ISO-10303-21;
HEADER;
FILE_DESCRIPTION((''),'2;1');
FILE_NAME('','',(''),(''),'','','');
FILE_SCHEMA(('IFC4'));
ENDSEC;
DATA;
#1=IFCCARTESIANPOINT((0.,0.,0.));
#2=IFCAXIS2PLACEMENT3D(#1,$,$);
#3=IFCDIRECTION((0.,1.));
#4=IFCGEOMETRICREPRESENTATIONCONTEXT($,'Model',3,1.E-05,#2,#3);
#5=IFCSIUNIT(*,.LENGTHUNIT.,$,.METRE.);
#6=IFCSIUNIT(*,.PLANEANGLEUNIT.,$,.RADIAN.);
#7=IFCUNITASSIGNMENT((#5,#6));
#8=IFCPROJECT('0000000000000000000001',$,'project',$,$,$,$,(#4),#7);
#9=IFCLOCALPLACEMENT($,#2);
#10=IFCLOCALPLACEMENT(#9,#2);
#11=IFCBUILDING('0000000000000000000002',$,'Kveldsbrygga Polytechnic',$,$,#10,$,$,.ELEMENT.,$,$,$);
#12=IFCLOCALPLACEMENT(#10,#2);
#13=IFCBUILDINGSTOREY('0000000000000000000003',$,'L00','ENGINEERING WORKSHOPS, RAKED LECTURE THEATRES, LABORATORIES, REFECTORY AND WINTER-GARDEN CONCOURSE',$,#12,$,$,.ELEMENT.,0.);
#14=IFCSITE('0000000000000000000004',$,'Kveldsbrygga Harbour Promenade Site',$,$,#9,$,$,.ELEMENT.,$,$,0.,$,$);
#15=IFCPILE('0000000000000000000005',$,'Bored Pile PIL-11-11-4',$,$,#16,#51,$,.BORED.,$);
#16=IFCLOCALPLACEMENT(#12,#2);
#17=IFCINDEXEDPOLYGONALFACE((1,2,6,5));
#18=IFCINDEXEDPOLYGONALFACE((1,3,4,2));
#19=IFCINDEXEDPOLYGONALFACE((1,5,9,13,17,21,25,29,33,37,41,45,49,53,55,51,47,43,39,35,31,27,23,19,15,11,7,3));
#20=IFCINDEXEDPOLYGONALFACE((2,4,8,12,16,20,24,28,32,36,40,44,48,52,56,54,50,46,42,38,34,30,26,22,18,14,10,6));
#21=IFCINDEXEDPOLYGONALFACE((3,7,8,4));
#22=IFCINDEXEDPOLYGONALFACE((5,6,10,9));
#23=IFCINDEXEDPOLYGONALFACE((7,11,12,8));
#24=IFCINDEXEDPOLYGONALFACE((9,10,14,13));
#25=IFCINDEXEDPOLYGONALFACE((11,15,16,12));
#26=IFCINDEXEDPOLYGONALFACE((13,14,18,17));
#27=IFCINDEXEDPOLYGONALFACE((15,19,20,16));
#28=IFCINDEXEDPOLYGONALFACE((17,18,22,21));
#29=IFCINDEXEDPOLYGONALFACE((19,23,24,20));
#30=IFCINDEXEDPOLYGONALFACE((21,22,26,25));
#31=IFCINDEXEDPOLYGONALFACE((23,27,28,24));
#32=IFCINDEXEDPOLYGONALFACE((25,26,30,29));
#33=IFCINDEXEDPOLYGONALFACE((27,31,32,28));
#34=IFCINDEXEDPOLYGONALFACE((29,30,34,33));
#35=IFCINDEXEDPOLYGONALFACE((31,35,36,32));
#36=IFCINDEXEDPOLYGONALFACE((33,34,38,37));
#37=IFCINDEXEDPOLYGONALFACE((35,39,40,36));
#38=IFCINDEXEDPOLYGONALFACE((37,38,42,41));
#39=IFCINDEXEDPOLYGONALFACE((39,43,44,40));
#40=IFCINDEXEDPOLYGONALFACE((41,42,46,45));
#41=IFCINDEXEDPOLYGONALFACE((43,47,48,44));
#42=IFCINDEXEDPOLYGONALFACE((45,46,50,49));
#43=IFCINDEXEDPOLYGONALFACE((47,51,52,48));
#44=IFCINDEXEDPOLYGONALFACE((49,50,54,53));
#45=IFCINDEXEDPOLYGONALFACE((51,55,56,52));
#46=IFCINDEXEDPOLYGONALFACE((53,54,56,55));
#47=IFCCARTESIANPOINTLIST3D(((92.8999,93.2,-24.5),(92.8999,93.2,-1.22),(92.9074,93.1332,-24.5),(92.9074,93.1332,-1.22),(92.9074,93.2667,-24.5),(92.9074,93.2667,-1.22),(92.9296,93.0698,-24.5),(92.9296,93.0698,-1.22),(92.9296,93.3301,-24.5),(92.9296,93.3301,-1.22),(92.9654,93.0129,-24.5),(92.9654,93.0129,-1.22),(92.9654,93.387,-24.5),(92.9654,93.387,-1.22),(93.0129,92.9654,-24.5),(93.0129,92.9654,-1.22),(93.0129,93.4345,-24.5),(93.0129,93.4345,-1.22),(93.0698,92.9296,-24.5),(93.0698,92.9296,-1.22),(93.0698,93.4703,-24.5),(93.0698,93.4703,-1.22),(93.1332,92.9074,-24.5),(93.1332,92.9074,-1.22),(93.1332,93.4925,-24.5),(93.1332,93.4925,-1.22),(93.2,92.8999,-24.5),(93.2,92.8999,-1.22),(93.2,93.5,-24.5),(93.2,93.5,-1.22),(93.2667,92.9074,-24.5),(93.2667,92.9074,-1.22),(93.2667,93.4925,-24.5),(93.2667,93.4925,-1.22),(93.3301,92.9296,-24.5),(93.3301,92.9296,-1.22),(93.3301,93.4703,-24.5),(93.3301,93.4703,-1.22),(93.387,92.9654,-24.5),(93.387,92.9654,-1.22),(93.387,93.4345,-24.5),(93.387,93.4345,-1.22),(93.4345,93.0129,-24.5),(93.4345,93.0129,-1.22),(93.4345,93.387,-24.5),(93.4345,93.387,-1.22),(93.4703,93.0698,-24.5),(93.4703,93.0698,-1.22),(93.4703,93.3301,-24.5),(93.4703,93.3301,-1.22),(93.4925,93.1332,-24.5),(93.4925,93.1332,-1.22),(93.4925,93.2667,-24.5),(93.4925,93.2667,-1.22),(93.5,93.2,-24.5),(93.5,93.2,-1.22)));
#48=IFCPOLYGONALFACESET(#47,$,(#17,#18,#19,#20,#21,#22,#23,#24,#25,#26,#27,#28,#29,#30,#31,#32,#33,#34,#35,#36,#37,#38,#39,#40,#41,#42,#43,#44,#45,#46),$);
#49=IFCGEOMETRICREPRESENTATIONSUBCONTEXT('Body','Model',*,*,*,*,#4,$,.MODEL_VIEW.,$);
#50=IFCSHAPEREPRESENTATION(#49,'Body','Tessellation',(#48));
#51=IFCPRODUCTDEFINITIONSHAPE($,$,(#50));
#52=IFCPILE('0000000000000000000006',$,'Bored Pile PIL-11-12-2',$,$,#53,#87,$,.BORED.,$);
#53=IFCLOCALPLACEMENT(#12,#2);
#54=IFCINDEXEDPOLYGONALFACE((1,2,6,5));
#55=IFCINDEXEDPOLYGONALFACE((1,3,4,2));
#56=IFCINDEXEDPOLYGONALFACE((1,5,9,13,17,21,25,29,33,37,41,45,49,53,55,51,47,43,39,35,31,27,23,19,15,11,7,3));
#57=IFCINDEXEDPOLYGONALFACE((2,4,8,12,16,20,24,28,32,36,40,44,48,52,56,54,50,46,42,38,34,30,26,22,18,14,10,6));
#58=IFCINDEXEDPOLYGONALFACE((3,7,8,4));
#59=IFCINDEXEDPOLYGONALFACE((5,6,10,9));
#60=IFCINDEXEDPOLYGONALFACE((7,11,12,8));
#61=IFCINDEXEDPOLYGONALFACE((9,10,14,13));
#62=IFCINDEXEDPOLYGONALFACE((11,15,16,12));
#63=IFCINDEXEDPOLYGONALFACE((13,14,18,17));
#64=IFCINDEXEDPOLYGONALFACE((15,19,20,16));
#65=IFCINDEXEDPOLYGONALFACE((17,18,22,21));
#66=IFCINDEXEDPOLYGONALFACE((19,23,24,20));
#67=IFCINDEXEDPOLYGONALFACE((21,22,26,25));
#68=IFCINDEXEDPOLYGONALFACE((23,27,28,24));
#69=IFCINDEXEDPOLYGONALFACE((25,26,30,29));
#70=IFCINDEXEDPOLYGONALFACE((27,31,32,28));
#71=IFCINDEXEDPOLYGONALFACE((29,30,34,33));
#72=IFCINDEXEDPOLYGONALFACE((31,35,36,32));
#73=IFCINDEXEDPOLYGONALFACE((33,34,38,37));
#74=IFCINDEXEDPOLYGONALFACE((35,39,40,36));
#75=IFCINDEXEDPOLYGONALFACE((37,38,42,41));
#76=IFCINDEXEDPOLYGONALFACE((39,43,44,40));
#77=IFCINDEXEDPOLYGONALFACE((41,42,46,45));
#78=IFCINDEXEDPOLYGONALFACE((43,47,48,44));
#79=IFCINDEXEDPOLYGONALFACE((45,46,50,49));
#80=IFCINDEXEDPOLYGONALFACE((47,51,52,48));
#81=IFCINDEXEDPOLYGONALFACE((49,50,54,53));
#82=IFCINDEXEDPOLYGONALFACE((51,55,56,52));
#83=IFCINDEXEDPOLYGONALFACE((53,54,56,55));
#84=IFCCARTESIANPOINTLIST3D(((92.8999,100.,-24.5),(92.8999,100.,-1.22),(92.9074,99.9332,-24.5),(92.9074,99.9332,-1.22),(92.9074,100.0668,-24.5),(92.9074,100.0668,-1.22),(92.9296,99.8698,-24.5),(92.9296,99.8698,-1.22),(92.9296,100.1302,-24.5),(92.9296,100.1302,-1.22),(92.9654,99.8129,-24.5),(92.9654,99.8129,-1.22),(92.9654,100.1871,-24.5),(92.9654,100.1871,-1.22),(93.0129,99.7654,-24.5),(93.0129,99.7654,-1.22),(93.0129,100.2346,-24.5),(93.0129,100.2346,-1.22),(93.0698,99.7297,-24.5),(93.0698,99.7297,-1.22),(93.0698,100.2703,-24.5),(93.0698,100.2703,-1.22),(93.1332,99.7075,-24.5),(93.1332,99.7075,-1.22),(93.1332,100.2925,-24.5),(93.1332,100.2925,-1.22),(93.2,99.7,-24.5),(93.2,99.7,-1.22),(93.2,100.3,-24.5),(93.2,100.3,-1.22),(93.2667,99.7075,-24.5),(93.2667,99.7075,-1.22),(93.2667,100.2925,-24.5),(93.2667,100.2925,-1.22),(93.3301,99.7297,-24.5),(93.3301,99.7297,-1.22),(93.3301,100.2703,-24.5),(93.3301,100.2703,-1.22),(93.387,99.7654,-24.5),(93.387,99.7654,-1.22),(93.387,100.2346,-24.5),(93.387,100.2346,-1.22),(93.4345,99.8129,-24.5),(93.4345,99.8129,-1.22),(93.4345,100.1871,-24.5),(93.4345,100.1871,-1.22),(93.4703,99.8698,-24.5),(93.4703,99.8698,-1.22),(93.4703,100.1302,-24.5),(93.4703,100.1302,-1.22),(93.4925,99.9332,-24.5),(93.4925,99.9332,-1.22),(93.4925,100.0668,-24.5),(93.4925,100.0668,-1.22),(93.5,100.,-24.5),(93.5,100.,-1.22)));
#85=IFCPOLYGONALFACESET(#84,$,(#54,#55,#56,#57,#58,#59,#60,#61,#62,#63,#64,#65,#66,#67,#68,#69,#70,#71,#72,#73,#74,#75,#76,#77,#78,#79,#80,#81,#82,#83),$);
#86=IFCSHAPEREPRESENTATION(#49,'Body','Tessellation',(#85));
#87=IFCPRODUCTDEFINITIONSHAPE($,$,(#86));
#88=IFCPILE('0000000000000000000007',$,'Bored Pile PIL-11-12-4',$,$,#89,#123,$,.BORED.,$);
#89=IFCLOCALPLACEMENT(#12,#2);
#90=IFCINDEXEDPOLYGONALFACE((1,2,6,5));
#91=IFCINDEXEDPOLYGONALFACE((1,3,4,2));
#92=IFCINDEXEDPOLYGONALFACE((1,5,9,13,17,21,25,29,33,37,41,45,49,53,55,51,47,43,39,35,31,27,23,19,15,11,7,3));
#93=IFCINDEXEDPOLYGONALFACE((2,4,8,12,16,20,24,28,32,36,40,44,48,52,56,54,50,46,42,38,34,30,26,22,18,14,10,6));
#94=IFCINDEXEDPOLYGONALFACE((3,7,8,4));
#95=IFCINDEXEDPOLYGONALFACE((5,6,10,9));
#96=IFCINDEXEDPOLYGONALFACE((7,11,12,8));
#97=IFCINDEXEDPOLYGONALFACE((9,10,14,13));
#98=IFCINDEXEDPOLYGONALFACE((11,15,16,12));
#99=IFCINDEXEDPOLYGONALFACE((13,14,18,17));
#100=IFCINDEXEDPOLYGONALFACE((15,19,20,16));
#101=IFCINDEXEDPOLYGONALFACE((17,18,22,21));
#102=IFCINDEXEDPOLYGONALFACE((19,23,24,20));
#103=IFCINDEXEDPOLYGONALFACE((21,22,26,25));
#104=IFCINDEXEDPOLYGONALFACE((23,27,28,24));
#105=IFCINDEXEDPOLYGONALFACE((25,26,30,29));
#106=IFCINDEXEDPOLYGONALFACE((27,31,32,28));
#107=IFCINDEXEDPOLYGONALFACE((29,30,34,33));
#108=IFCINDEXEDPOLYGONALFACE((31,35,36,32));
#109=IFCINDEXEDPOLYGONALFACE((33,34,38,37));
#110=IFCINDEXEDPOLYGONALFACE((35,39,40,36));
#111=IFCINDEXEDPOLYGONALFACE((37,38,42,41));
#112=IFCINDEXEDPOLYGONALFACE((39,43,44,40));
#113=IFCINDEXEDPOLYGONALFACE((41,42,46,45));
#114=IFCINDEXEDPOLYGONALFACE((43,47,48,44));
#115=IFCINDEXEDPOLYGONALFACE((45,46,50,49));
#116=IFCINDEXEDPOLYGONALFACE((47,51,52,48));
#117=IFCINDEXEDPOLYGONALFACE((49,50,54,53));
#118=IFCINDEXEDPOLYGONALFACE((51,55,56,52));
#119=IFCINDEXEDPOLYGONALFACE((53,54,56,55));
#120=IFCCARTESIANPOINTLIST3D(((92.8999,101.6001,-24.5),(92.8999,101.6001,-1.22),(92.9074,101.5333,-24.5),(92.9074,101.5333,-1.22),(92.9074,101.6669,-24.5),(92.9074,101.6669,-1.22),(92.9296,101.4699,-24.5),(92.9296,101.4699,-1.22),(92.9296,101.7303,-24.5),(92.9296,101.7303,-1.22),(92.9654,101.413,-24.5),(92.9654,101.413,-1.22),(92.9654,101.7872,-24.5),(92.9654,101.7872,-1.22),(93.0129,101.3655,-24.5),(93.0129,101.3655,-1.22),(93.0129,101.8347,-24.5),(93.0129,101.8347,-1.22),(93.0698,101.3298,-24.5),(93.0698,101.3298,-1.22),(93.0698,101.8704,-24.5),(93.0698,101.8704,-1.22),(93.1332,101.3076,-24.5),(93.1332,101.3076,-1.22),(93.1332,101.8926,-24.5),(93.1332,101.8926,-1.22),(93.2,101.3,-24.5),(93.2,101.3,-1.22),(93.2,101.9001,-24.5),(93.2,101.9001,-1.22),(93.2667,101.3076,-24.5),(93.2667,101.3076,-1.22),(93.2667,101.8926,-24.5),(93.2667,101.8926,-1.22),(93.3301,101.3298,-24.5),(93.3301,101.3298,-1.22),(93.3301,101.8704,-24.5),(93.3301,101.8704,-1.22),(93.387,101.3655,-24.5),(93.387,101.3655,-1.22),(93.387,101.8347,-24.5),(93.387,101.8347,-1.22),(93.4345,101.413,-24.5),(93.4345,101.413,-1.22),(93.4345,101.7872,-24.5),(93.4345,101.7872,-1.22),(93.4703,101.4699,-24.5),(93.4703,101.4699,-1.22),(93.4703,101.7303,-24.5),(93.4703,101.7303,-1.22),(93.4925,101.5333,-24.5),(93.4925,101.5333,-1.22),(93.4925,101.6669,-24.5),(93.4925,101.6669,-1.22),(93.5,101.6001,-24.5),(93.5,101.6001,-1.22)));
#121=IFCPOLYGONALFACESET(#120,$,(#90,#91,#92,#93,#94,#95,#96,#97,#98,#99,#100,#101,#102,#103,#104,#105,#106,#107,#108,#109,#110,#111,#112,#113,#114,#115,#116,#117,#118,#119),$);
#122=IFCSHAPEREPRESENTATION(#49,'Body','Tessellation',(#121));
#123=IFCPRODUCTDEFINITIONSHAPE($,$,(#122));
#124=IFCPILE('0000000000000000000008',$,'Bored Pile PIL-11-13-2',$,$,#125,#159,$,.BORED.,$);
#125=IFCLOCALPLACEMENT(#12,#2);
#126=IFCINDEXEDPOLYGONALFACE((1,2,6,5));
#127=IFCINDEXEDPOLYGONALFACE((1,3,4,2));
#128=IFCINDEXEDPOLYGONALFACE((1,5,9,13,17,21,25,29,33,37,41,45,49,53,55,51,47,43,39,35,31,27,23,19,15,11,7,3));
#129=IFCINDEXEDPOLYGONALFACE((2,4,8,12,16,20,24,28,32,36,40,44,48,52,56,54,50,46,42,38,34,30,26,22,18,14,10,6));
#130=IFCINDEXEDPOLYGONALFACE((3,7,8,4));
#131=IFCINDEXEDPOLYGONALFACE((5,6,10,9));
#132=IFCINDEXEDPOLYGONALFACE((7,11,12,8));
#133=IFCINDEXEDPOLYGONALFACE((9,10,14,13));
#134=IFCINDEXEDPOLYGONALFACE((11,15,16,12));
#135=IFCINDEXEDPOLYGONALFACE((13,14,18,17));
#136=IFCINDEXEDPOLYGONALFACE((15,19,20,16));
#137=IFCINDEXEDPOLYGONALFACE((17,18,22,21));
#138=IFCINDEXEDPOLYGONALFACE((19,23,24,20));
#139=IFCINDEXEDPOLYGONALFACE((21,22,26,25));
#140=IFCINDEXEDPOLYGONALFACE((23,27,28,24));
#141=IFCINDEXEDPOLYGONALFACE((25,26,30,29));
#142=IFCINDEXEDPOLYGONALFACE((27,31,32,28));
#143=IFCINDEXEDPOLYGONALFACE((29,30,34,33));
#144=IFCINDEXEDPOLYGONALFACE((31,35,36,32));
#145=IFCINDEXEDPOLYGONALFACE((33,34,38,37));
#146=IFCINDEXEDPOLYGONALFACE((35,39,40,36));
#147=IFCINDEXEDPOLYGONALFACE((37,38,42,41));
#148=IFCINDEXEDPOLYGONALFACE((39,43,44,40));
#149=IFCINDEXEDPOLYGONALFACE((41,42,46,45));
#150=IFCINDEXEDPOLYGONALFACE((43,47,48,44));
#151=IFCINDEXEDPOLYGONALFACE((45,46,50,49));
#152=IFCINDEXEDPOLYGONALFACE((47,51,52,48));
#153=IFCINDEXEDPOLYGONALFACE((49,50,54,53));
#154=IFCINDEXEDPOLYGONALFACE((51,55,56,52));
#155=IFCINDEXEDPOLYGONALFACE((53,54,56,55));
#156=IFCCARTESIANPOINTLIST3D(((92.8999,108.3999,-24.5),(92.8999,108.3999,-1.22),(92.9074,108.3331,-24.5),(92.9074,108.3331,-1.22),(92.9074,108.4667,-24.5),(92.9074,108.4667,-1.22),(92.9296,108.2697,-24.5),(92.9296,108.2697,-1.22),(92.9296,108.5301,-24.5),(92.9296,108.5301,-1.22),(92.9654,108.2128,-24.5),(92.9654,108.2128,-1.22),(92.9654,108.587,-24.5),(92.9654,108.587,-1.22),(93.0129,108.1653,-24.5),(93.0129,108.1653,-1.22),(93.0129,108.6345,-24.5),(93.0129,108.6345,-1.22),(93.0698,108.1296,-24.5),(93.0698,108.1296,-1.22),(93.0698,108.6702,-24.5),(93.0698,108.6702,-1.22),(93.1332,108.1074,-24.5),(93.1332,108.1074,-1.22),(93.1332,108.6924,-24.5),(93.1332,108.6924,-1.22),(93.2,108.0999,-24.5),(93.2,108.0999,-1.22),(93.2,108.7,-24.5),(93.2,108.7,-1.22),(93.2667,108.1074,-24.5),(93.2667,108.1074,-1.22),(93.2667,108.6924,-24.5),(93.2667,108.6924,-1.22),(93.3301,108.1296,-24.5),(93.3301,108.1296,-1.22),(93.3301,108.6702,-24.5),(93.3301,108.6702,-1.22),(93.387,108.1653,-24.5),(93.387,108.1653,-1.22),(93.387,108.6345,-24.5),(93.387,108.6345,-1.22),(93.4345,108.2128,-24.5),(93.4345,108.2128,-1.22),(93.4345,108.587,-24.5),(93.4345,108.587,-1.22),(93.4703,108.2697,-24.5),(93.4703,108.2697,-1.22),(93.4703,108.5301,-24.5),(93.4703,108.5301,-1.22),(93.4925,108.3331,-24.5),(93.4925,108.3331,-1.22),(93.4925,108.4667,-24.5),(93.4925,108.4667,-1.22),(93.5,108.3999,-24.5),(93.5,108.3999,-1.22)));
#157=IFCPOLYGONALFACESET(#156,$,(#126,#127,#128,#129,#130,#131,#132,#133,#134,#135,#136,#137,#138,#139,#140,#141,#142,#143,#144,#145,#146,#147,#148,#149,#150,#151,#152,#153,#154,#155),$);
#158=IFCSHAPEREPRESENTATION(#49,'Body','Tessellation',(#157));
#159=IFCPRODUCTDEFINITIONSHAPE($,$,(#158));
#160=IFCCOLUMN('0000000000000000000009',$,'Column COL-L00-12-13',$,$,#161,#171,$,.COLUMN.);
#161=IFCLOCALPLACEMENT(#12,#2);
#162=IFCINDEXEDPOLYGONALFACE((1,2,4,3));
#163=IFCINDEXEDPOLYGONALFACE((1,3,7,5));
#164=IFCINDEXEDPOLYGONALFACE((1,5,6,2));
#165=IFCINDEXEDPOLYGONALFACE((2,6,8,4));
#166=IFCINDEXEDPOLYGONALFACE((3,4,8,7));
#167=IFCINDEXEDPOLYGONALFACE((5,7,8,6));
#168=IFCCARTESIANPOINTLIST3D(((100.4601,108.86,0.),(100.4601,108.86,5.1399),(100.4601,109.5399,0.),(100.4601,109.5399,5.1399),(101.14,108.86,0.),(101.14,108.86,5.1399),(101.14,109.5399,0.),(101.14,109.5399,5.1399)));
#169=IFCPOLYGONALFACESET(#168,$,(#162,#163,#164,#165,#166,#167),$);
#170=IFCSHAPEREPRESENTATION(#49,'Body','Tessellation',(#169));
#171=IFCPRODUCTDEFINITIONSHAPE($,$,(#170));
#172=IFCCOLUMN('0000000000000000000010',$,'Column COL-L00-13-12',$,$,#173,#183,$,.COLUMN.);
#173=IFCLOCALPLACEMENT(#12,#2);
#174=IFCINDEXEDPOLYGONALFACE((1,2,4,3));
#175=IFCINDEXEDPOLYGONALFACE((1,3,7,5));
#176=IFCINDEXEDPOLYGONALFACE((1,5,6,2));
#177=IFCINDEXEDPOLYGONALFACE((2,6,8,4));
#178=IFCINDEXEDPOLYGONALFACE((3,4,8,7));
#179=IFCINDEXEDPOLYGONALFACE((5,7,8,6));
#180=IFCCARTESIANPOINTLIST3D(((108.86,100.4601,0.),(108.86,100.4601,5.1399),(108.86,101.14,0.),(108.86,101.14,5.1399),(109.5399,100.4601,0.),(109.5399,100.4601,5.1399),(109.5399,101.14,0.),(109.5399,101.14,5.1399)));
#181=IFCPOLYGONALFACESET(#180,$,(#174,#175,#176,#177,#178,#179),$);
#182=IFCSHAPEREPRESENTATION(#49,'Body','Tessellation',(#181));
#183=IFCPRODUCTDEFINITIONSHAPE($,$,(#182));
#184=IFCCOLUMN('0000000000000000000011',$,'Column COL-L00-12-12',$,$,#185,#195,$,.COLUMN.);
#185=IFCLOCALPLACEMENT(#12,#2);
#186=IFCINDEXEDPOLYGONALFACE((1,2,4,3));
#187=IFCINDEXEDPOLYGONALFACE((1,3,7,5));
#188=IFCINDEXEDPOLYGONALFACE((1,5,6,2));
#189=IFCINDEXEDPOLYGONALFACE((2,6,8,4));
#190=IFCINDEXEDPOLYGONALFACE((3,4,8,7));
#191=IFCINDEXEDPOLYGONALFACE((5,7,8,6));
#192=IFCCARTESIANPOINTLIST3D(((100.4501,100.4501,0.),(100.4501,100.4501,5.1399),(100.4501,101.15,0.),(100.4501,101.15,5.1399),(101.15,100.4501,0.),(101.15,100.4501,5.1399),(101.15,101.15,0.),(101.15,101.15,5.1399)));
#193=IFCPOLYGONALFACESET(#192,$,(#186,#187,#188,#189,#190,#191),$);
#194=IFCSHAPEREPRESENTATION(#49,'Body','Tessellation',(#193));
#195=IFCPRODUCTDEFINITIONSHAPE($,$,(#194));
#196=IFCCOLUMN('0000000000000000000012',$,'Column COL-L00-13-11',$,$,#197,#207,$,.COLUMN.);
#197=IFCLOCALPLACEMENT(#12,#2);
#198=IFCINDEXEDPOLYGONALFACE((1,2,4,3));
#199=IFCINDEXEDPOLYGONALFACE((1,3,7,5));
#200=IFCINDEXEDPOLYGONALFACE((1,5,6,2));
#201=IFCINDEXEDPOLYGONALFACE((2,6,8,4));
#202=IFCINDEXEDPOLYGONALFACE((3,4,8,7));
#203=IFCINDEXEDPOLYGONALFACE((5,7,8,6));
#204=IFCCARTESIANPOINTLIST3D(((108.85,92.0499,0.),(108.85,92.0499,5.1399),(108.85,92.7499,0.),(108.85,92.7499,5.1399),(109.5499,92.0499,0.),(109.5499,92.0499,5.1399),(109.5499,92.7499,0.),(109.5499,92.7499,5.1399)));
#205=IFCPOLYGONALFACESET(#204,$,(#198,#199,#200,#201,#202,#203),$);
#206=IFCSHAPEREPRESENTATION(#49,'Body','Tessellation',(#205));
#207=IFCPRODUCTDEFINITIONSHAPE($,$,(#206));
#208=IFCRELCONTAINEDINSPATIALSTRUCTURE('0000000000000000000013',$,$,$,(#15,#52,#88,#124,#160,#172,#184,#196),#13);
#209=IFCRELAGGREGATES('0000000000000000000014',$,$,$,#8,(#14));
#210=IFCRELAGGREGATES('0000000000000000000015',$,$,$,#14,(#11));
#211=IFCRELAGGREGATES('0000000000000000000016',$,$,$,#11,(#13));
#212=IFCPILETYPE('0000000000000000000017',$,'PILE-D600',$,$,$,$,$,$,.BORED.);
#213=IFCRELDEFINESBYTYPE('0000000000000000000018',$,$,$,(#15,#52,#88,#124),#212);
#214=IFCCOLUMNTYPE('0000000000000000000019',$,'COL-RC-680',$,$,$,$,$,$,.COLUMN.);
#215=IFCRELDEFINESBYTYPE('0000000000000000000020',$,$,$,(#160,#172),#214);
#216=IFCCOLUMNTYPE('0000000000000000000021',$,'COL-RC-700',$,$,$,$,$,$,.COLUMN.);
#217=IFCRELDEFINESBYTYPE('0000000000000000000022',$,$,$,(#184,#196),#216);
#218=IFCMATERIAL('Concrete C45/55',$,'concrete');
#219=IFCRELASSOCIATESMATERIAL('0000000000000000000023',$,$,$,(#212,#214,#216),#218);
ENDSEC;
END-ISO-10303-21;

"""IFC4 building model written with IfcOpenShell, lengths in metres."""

from ifc_helpers import new_model, si_unit, direction, frame, origin, origin_2d, place, context, subcontext, project, spatial, rectangle, circle, extrude, material, material_profile, profile_set, type_object, element, save


model = new_model("IFC4")

# Units and contexts
model_context = context("Model", 3, precision=1e-05, world=origin(), true_north=direction((0.0, 1.0)))
body_context = subcontext(model_context, "Body", "Model", "MODEL_VIEW")
ifc_project = project(units=[si_unit("LENGTHUNIT", "METRE"), si_unit("PLANEANGLEUNIT", "RADIAN")], contexts=[model_context])

# Site, building, storey
site_placement = place(None, origin())
site = spatial("IfcSite", under=ifc_project, at=site_placement, Name="Kveldsbrygga Harbour Promenade Site", CompositionType="ELEMENT", RefElevation=0.0)
building_placement = place(site_placement, origin())
building = spatial("IfcBuilding", under=site, at=building_placement, Name="Kveldsbrygga Polytechnic", CompositionType="ELEMENT")
storey_placement = place(building_placement, origin())
storey = spatial("IfcBuildingStorey", under=building, at=storey_placement, Name="L00", Description="ENGINEERING WORKSHOPS, RAKED LECTURE THEATRES, LABORATORIES, REFECTORY AND WINTER-GARDEN CONCOURSE", CompositionType="ELEMENT", Elevation=0.0)

# Piles
ifc_material_1 = material(Name="Concrete C45/55", Category="concrete")
ifc_material_profile_1 = material_profile(ifc_material_1, circle(Radius=0.3, at=origin_2d()), Name="PILE D600")
ifc_profile_set_1 = profile_set([ifc_material_profile_1], Name="Concrete C45/55")
pile_type = type_object("IfcPileType", Name="PILE-D600", PredefinedType="BORED", material=ifc_profile_set_1)
for number, where, z_axis, x_axis, name in (
    (1, (93.2, 93.2, -1.22), (0.0, 0.0, -1.0), (1.0, 0.0, 0.0), "Bored Pile PIL-11-11-4"),
    (2, (93.2, 100.0, -1.22), (0.0, 0.0, -1.0), (1.0, 0.0, 0.0), "Bored Pile PIL-11-12-2"),
    (3, (93.2, 101.6001, -1.22), (0.0, 0.0, -1.0), (1.0, 0.0, 0.0), "Bored Pile PIL-11-12-4"),
    (4, (93.2, 108.3999, -1.22), (0.0, 0.0, -1.0), (1.0, 0.0, 0.0), "Bored Pile PIL-11-13-2"),
):
    element("IfcPile", number, at=place(storey_placement, frame(where, z_axis=z_axis, x_axis=x_axis)), inside=storey, type_object=pile_type, Name=name, PredefinedType="BORED", context=body_context, shape_type="SweptSolid", body=[
        extrude(circle(Radius=0.3, at=origin_2d()), origin(), (0.0, 0.0, 1.0), 23.28),
    ])

# Columns
ifc_material_profile_2 = material_profile(ifc_material_1, rectangle(XDim=0.6799, YDim=0.6799, at=origin_2d()), Name="RC 680x680")
ifc_profile_set_2 = profile_set([ifc_material_profile_2], Name="Concrete C45/55")
column_type_1 = type_object("IfcColumnType", Name="COL-RC-680", PredefinedType="COLUMN", material=ifc_profile_set_2)
for number, where, z_axis, x_axis, name in (
    (5, (100.8, 109.2, 0.0), (0.0, 0.0, 1.0), (1.0, 0.0, 0.0), "Column COL-L00-12-13"),
    (6, (109.2, 100.8, 0.0), (0.0, 0.0, 1.0), (1.0, 0.0, 0.0), "Column COL-L00-13-12"),
):
    element("IfcColumn", number, at=place(storey_placement, frame(where, z_axis=z_axis, x_axis=x_axis)), inside=storey, type_object=column_type_1, Name=name, PredefinedType="COLUMN", context=body_context, shape_type="SweptSolid", body=[
        extrude(rectangle(XDim=0.6799, YDim=0.6799, at=origin_2d()), origin(), (0.0, 0.0, 1.0), 5.1399),
    ])
ifc_material_profile_3 = material_profile(ifc_material_1, rectangle(XDim=0.7, YDim=0.7, at=origin_2d()), Name="RC 700x700")
ifc_profile_set_3 = profile_set([ifc_material_profile_3], Name="Concrete C45/55")
column_type_2 = type_object("IfcColumnType", Name="COL-RC-700", PredefinedType="COLUMN", material=ifc_profile_set_3)
for number, where, z_axis, x_axis, name in (
    (7, (100.8, 100.8, 0.0), (0.0, 0.0, 1.0), (1.0, 0.0, 0.0), "Column COL-L00-12-12"),
    (8, (109.2, 92.3999, 0.0), (0.0, 0.0, 1.0), (1.0, 0.0, 0.0), "Column COL-L00-13-11"),
):
    element("IfcColumn", number, at=place(storey_placement, frame(where, z_axis=z_axis, x_axis=x_axis)), inside=storey, type_object=column_type_2, Name=name, PredefinedType="COLUMN", context=body_context, shape_type="SweptSolid", body=[
        extrude(rectangle(XDim=0.7, YDim=0.7, at=origin_2d()), origin(), (0.0, 0.0, 1.0), 5.1399),
    ])

save(model, "model.ifc")
